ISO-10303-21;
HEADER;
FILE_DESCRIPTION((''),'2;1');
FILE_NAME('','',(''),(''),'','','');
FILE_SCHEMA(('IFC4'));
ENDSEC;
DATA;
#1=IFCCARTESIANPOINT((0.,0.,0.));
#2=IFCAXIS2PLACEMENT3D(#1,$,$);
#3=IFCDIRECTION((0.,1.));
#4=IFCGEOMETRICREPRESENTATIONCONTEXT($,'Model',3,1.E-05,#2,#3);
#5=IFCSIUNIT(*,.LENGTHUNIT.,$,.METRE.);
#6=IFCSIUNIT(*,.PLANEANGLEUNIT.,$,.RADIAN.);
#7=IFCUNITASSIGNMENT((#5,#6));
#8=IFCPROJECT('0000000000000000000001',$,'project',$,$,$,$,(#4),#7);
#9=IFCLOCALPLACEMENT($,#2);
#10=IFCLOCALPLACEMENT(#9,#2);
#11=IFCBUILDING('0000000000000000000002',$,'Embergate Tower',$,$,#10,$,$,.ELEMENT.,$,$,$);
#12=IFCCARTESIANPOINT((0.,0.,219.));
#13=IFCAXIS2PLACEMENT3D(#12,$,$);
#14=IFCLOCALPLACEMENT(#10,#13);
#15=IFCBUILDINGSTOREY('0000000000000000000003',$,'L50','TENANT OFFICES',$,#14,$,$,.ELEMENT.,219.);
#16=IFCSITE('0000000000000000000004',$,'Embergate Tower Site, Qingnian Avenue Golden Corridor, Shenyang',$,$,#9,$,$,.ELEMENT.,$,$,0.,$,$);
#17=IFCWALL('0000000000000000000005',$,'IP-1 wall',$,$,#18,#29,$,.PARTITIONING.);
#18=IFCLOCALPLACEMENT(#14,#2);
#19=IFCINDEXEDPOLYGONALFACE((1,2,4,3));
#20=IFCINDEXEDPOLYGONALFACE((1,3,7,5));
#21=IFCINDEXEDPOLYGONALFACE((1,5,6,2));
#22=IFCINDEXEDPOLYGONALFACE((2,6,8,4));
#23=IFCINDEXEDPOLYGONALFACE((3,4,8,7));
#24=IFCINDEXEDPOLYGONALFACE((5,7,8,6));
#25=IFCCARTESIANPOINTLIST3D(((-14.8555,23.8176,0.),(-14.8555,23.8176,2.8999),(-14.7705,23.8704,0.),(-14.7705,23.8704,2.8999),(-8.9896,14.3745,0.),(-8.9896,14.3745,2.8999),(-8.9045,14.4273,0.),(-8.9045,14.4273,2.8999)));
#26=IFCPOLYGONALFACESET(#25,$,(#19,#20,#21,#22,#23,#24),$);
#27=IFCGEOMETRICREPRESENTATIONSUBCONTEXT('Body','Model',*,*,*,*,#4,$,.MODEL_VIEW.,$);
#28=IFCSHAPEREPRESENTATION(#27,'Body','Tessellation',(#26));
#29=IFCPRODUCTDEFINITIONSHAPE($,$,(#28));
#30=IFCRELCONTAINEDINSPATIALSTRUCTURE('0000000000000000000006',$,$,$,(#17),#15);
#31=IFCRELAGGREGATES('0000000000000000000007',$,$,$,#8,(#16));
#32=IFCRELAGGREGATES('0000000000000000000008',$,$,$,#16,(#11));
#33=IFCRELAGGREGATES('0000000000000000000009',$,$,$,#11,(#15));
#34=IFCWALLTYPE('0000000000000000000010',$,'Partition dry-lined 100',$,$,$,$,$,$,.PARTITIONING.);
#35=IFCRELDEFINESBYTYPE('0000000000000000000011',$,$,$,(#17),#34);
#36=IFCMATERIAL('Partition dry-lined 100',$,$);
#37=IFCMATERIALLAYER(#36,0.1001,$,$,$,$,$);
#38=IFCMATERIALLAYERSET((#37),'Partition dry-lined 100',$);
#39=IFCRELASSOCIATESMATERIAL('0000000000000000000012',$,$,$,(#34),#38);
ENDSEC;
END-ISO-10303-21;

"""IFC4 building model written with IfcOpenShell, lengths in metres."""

from ifc_helpers import new_model, si_unit, direction, frame, frame_2d, origin, place, context, subcontext, project, spatial, rectangle, extrude, source, transform, mapped, material, layer, layer_set, type_object, element, save


model = new_model("IFC4")

# Units and contexts
model_context = context("Model", 3, precision=1e-05, world=origin(), true_north=direction((0.0, 1.0)))
body_context = subcontext(model_context, "Body", "Model", "MODEL_VIEW")
ifc_project = project(units=[si_unit("LENGTHUNIT", "METRE"), si_unit("PLANEANGLEUNIT", "RADIAN")], contexts=[model_context])

# Site, building, storey
site_placement = place(None, origin())
site = spatial("IfcSite", under=ifc_project, at=site_placement, Name="Embergate Tower Site, Qingnian Avenue Golden Corridor, Shenyang", CompositionType="ELEMENT", RefElevation=0.0)
building_placement = place(site_placement, origin())
building = spatial("IfcBuilding", under=site, at=building_placement, Name="Embergate Tower", CompositionType="ELEMENT")
storey_placement = place(building_placement, frame((0.0, 0.0, 219.0)))
storey = spatial("IfcBuildingStorey", under=building, at=storey_placement, Name="L50", Description="TENANT OFFICES", CompositionType="ELEMENT", Elevation=219.0)

# Shared definitions
ifc_material_1 = material(Name="Partition dry-lined 100")
ifc_layer_1 = layer(ifc_material_1, 0.1001)
ifc_layer_set_1 = layer_set([ifc_layer_1], Name="Partition dry-lined 100")
wall_type_1 = type_object("IfcWallType", Name="Partition dry-lined 100", PredefinedType="PARTITIONING", material=ifc_layer_set_1)

# Wall
shared_shape_1 = source(origin(), body_context, "Body", "SweptSolid", [
    extrude(rectangle(XDim=11.1167, YDim=0.1001, at=frame_2d((5.5583, 0.0))), origin(), (0.0, 0.0, 1.0), 2.8999),
])
wall_1_placement = place(storey_placement, frame((-14.813, 23.844, 0.0), z_axis=(0.0, 0.0, 1.0), x_axis=(0.52767, -0.84945, 0.0)))
element("IfcWall", 1, at=wall_1_placement, inside=storey, type_object=wall_type_1, Name="IP-1 wall", PredefinedType="PARTITIONING", context=body_context, shape_type="MappedRepresentation", body=[
    mapped(shared_shape_1, transform((0.0, 0.0, 0.0))),
])

save(model, "model.ifc")
